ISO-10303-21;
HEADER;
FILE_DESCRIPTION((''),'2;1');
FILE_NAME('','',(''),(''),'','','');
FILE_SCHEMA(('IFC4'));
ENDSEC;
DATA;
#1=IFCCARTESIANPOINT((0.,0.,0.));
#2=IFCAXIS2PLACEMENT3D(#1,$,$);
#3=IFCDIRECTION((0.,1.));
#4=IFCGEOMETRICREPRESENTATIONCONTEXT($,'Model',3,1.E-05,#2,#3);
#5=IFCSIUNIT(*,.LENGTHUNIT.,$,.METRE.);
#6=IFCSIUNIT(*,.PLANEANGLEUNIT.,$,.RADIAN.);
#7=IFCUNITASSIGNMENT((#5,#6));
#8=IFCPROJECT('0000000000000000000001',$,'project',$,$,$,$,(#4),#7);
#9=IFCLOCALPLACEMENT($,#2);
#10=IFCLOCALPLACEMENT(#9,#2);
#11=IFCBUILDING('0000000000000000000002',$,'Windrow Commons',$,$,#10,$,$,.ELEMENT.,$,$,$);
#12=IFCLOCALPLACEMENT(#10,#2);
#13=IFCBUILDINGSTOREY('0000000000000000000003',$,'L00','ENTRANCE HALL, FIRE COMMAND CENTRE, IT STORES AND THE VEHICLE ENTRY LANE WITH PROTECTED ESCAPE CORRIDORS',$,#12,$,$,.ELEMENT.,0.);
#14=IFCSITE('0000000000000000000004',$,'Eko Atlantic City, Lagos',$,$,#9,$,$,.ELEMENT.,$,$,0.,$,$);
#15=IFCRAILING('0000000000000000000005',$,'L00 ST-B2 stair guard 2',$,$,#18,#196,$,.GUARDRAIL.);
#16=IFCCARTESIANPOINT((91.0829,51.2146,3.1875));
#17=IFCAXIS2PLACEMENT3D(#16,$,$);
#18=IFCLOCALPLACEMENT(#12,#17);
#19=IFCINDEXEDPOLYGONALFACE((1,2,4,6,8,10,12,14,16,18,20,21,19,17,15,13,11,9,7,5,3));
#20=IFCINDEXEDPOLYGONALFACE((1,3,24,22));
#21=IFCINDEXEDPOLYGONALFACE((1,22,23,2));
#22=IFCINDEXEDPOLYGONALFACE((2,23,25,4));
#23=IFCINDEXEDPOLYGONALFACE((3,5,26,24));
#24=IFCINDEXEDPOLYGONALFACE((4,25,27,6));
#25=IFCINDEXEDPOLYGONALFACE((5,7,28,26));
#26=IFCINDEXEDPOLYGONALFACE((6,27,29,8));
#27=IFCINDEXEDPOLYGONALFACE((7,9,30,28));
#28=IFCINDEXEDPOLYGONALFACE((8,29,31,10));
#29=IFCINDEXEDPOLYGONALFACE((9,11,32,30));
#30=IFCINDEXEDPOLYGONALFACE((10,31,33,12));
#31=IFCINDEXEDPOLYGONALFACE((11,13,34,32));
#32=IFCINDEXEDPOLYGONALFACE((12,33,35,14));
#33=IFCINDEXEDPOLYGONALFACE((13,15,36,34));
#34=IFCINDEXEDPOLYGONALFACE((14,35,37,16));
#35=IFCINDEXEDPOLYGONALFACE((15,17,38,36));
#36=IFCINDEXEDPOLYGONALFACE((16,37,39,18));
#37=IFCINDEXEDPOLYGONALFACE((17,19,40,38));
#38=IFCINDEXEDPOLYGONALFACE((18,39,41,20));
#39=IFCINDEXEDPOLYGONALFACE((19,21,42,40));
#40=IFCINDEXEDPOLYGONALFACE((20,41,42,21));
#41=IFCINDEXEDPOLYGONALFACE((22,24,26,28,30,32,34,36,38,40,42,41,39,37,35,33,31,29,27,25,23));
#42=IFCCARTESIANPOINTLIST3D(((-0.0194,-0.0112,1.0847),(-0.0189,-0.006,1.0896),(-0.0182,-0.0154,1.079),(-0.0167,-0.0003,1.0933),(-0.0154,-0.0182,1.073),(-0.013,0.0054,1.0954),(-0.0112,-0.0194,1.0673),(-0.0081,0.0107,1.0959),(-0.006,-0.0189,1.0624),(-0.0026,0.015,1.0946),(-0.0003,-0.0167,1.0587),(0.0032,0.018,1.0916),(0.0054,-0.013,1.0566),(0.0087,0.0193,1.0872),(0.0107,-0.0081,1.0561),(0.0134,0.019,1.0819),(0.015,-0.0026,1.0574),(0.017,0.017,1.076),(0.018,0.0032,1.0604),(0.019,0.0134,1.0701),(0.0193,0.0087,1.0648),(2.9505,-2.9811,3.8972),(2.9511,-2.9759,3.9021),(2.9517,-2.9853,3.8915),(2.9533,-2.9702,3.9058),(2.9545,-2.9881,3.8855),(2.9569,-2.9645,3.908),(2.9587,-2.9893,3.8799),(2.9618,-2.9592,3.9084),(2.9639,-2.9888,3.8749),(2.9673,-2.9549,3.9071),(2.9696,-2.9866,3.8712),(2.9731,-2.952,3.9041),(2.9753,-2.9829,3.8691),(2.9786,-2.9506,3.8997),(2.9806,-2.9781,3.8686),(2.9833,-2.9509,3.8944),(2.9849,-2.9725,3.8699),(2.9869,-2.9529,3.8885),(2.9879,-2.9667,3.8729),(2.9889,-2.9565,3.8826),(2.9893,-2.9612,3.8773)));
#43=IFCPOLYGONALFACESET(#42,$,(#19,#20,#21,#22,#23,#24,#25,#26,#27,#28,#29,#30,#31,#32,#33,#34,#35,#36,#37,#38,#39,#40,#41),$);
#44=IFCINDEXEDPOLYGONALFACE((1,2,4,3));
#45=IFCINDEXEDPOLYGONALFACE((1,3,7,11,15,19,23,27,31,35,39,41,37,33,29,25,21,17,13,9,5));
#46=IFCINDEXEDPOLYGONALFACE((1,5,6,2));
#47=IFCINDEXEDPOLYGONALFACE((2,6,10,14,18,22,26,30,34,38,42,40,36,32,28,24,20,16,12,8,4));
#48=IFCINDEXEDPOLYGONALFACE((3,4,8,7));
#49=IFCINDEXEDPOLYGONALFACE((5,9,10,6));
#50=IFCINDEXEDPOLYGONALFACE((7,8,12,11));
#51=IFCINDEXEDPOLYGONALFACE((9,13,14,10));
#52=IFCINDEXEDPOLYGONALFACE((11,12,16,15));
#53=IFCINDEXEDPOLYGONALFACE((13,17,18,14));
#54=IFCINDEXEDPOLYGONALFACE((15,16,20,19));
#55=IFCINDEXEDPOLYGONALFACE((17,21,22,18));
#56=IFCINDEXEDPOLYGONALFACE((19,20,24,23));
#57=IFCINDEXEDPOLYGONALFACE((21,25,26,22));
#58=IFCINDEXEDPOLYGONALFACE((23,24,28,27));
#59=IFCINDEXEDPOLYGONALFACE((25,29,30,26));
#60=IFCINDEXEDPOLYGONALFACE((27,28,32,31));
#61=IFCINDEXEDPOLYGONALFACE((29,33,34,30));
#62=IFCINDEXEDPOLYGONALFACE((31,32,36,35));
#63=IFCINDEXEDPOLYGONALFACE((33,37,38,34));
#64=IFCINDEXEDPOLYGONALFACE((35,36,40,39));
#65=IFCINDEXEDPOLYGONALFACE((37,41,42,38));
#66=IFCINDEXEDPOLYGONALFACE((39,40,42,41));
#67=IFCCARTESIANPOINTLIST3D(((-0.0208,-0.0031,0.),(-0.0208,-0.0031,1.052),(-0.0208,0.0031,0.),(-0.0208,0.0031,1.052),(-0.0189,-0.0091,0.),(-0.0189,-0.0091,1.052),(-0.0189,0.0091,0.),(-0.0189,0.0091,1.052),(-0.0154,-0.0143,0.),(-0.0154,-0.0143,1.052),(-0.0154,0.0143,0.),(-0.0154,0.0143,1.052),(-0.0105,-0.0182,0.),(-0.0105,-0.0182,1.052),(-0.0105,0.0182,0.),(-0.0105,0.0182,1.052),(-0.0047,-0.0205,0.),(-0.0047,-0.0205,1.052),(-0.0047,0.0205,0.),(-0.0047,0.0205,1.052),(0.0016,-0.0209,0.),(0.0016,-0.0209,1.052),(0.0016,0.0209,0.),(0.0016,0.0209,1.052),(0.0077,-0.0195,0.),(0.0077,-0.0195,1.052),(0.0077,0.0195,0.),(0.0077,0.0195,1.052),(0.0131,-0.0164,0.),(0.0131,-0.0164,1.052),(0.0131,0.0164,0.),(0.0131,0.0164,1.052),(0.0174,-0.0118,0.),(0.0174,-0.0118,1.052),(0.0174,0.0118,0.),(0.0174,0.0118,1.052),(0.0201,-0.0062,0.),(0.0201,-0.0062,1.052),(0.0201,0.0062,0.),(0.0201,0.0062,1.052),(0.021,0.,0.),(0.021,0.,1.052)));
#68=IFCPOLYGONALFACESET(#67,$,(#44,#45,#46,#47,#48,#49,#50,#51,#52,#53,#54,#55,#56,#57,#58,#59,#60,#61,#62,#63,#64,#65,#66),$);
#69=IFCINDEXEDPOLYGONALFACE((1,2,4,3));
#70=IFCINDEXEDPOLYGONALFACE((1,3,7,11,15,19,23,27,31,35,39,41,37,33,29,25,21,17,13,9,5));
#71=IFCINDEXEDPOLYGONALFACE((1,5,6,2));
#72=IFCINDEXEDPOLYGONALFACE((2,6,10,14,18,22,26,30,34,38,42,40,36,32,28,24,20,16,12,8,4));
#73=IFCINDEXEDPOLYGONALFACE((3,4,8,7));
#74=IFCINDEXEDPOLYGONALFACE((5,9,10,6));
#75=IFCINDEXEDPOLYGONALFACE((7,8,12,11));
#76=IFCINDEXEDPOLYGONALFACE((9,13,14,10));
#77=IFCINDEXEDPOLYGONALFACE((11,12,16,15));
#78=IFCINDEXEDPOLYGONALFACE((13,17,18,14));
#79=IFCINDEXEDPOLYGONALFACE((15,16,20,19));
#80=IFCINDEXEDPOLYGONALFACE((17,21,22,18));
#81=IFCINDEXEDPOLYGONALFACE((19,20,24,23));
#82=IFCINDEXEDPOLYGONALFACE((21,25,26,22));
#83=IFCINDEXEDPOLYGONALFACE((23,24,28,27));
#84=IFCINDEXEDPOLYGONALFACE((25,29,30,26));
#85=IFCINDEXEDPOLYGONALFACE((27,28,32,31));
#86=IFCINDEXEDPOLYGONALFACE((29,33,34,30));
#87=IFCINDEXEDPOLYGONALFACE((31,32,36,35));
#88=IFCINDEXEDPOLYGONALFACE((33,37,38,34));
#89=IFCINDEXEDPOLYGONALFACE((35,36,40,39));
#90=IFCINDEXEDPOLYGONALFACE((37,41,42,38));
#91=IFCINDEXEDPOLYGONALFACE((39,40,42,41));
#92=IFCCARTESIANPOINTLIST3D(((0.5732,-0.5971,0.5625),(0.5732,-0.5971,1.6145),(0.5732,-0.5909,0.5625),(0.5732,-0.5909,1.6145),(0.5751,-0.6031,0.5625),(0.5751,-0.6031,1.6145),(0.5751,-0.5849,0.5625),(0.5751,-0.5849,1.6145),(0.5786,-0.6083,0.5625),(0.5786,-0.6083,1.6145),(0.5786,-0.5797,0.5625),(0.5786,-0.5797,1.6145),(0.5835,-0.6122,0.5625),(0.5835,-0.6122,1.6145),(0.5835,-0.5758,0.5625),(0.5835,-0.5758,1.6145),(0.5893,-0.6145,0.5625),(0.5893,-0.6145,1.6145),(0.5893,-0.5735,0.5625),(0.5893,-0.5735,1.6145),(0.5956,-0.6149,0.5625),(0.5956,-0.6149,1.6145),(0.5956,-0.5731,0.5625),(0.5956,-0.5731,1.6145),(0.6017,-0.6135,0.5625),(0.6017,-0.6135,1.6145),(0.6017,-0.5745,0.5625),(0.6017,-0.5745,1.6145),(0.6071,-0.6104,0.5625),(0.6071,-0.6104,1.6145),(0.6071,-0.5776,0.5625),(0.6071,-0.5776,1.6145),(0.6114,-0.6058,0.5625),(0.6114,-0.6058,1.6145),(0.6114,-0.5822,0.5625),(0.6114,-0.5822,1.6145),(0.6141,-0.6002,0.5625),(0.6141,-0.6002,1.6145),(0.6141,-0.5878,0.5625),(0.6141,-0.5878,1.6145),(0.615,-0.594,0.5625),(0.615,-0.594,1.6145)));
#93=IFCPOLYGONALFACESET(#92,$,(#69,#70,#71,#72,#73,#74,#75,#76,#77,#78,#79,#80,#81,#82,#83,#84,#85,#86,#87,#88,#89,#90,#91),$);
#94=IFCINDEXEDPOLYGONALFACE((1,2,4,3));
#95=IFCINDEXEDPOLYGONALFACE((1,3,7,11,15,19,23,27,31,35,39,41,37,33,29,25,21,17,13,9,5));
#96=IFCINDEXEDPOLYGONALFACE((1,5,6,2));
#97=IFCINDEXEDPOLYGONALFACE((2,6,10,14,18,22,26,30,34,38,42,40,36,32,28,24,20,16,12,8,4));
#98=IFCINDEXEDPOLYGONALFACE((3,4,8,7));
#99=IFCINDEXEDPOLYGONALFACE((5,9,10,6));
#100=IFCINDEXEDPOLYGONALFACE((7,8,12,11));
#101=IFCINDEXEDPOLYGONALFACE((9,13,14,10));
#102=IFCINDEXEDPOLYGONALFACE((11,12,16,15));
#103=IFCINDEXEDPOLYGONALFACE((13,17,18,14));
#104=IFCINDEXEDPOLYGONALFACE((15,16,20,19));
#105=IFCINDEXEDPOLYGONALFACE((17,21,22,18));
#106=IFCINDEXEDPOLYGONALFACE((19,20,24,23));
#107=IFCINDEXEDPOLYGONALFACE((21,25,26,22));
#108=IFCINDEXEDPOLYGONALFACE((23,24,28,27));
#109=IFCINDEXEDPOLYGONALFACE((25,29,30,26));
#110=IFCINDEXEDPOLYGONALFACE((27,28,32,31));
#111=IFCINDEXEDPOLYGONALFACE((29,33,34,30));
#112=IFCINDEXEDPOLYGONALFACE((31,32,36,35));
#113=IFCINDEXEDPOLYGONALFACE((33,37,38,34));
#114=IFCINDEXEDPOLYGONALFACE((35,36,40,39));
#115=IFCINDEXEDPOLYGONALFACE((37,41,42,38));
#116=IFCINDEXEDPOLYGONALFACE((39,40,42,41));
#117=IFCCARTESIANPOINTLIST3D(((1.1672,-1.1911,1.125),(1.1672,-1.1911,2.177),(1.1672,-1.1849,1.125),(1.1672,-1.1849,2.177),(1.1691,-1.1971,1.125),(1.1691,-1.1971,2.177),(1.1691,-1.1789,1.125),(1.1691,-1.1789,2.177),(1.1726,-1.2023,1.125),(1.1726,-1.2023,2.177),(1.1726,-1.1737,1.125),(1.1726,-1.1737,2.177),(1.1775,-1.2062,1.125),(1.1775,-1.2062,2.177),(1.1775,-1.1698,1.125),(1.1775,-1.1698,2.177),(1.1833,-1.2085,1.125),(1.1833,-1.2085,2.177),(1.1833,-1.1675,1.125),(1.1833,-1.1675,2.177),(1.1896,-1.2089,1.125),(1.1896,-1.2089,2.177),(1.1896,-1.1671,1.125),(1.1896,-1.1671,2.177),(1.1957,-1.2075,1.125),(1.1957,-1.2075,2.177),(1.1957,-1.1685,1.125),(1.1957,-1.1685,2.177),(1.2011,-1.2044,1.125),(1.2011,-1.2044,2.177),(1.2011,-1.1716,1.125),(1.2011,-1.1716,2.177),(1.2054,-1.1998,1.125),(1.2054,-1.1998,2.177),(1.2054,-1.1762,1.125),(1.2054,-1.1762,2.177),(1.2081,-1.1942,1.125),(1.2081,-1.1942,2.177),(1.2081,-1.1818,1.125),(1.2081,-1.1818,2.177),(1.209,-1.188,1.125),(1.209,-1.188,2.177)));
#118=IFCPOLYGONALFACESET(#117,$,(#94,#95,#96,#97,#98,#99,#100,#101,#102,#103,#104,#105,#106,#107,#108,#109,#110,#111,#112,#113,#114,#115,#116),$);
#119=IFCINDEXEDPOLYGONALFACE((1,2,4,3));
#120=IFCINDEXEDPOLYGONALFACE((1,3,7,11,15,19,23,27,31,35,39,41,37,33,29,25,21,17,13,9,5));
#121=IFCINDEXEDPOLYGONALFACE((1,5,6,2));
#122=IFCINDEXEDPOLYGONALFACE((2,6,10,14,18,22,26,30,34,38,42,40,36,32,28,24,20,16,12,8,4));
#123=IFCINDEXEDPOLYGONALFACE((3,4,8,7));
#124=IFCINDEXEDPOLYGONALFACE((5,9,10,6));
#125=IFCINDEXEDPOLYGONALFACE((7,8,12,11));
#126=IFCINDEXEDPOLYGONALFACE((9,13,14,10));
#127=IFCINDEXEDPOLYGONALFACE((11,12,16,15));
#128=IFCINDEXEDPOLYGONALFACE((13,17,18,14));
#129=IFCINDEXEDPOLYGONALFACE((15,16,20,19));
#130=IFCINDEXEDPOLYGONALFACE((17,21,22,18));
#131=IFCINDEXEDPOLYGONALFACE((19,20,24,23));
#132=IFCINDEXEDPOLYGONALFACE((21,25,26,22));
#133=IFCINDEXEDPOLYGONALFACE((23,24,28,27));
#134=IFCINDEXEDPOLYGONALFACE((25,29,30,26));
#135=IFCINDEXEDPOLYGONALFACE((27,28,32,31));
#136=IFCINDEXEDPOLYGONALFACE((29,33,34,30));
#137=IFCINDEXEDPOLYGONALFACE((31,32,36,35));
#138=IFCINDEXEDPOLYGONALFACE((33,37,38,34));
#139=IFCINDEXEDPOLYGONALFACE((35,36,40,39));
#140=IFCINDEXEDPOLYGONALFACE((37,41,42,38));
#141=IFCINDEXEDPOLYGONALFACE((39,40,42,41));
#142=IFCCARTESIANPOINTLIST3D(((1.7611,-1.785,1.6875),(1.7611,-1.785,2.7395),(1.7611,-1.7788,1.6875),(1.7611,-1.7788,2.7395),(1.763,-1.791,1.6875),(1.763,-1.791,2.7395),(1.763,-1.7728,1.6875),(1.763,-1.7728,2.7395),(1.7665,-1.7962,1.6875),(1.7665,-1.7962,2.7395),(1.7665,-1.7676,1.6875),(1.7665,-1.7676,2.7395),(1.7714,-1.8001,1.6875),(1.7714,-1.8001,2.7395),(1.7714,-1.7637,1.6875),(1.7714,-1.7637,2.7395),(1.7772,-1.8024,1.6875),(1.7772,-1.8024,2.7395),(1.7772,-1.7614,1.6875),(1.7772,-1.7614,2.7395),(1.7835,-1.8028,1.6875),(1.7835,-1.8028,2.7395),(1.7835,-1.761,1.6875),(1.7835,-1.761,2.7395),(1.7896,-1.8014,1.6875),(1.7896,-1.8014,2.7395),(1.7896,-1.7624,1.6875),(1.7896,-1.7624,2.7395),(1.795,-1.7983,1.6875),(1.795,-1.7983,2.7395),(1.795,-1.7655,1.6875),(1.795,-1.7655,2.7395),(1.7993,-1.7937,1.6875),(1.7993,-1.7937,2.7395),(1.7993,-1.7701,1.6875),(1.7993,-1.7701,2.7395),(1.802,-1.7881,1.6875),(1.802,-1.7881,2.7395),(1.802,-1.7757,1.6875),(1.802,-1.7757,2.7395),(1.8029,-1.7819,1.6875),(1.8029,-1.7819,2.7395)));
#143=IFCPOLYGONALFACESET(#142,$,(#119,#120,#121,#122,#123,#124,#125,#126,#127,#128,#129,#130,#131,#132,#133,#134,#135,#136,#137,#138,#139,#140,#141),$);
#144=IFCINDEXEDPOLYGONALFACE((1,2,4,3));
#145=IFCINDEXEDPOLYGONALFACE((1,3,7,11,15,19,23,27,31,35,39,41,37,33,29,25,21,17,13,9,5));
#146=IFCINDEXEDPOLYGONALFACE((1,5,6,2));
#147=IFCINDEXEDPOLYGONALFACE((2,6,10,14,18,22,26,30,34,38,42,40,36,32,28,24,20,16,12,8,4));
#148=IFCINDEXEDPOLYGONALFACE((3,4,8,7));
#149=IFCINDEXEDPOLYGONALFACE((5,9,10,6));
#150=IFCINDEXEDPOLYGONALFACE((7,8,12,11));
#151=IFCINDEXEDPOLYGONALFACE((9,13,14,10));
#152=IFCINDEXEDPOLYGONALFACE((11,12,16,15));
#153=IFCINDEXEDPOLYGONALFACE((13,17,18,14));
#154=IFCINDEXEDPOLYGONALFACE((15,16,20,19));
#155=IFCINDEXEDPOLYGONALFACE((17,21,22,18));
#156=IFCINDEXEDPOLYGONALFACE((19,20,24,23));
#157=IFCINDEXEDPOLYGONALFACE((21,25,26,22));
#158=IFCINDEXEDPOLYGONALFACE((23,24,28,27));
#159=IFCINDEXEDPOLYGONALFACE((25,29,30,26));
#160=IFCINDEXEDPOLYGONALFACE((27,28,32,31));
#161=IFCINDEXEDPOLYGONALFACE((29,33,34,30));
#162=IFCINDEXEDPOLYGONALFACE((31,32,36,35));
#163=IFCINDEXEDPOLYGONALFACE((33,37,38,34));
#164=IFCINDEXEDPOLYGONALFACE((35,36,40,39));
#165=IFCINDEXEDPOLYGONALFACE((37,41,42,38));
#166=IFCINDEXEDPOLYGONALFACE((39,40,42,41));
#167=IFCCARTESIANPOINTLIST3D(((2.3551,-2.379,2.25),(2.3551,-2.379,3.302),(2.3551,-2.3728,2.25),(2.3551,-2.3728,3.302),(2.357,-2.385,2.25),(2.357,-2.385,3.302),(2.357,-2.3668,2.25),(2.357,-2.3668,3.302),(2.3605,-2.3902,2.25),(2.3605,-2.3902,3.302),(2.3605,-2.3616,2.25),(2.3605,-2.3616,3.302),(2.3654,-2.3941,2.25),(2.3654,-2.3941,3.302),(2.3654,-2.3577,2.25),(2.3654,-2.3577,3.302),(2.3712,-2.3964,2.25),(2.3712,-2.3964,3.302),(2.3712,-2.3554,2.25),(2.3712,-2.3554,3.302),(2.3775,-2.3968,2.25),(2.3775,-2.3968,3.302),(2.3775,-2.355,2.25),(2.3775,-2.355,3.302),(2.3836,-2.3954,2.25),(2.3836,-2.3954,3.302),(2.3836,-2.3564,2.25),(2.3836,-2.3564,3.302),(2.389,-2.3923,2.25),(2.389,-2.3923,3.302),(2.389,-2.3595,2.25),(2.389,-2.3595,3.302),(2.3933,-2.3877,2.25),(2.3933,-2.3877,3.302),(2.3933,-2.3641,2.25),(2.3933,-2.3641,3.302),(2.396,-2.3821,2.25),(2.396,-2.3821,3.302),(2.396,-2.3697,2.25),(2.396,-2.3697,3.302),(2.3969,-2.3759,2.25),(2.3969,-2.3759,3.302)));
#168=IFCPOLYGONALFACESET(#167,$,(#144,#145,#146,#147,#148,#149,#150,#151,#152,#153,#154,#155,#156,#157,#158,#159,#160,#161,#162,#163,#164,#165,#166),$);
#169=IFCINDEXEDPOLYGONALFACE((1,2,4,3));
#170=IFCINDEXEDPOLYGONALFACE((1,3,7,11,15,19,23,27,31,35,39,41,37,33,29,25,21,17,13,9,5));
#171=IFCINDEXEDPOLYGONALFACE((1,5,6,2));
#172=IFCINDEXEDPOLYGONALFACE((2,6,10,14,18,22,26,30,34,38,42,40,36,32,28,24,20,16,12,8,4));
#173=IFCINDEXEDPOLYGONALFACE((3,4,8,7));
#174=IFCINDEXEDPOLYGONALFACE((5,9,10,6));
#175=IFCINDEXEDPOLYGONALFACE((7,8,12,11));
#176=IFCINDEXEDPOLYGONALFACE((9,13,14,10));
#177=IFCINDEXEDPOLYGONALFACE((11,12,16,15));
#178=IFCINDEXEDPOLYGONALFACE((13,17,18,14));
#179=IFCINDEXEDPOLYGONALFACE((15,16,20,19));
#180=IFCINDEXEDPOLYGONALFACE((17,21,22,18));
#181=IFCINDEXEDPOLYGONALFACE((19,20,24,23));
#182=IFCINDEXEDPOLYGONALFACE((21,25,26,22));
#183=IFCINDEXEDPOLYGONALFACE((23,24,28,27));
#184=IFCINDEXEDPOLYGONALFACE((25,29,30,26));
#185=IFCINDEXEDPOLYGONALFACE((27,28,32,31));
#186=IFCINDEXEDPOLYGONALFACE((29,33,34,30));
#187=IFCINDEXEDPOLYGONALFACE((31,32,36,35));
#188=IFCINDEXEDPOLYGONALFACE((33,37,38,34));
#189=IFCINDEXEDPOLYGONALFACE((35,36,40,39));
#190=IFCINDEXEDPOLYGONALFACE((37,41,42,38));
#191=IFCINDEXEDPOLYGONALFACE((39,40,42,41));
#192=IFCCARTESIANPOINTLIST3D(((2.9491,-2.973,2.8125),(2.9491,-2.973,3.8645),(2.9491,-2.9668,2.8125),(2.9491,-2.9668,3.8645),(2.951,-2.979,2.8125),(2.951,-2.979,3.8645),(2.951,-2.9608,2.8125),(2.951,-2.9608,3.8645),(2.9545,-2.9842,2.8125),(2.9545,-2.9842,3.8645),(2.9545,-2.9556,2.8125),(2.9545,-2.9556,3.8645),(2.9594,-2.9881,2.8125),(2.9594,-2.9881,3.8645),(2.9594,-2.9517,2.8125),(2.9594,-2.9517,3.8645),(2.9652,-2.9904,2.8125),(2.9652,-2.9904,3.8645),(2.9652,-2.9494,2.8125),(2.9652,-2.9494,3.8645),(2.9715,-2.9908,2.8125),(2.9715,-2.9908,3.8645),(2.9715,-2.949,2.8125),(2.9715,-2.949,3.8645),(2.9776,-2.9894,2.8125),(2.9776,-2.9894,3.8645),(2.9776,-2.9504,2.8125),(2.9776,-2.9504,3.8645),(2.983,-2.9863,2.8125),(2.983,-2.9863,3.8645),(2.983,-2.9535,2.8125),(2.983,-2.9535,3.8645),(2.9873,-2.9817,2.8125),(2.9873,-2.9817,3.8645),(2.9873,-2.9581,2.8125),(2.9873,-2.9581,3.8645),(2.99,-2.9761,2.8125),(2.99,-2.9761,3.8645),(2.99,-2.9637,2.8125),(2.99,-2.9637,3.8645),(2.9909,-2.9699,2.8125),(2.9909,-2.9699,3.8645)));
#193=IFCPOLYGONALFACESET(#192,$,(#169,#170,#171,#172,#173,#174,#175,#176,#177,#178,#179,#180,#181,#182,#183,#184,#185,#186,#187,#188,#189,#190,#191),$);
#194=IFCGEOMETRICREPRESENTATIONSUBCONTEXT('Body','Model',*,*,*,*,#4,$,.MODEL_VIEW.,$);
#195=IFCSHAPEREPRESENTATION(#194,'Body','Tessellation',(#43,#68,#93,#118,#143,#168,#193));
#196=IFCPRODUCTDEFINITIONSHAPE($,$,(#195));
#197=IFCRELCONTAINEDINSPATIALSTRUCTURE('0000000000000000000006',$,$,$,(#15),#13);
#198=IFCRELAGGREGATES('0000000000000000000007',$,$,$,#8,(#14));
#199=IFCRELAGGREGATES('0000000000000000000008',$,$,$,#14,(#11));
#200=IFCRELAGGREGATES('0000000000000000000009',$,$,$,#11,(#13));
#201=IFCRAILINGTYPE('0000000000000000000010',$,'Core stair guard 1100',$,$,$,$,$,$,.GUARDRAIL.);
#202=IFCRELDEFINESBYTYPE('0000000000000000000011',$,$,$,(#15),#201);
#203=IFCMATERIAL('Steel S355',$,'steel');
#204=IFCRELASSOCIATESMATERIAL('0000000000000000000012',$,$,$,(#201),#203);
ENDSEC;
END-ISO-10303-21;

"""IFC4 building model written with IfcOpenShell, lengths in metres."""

from ifc_helpers import new_model, si_unit, direction, frame, origin, origin_2d, place, context, subcontext, project, spatial, circle, extrude, material, type_object, element, save


model = new_model("IFC4")

# Units and contexts
model_context = context("Model", 3, precision=1e-05, world=origin(), true_north=direction((0.0, 1.0)))
body_context = subcontext(model_context, "Body", "Model", "MODEL_VIEW")
ifc_project = project(units=[si_unit("LENGTHUNIT", "METRE"), si_unit("PLANEANGLEUNIT", "RADIAN")], contexts=[model_context])

# Site, building, storey
site_placement = place(None, origin())
site = spatial("IfcSite", under=ifc_project, at=site_placement, Name="Eko Atlantic City, Lagos", CompositionType="ELEMENT", RefElevation=0.0)
building_placement = place(site_placement, origin())
building = spatial("IfcBuilding", under=site, at=building_placement, Name="Windrow Commons", CompositionType="ELEMENT")
storey_placement = place(building_placement, origin())
storey = spatial("IfcBuildingStorey", under=building, at=storey_placement, Name="L00", Description="ENTRANCE HALL, FIRE COMMAND CENTRE, IT STORES AND THE VEHICLE ENTRY LANE WITH PROTECTED ESCAPE CORRIDORS", CompositionType="ELEMENT", Elevation=0.0)

# Railing
ifc_material_1 = material(Name="Steel S355", Category="steel")
railing_type_1 = type_object("IfcRailingType", Name="Core stair guard 1100", PredefinedType="GUARDRAIL", material=ifc_material_1)
railing_1_placement = place(storey_placement, frame((91.0829, 51.2146, 3.1875)))
element("IfcRailing", 1, at=railing_1_placement, inside=storey, type_object=railing_type_1, Name="L00 ST-B2 stair guard 2", PredefinedType="GUARDRAIL", context=body_context, shape_type="SweptSolid", body=[
    extrude(circle(Radius=0.024, at=origin_2d()), frame((0.0, 0.0, 1.076), z_axis=(0.587543, -0.587543, 0.556404), x_axis=(0.707107, 0.707107, 0.0)), (0.0, 0.0, 1.0), 5.0548),
    extrude(circle(Radius=0.021, at=origin_2d()), origin(), (0.0, 0.0, 1.0), 1.052),
    extrude(circle(Radius=0.021, at=origin_2d()), frame((0.594, -0.594, 0.5625)), (0.0, 0.0, 1.0), 1.052),
    extrude(circle(Radius=0.021, at=origin_2d()), frame((1.188, -1.188, 1.125)), (0.0, 0.0, 1.0), 1.052),
    extrude(circle(Radius=0.021, at=origin_2d()), frame((1.7819, -1.7819, 1.6875)), (0.0, 0.0, 1.0), 1.052),
    extrude(circle(Radius=0.021, at=origin_2d()), frame((2.3759, -2.3759, 2.25)), (0.0, 0.0, 1.0), 1.052),
    extrude(circle(Radius=0.021, at=origin_2d()), frame((2.9699, -2.9699, 2.8125)), (0.0, 0.0, 1.0), 1.052),
])

save(model, "model.ifc")
